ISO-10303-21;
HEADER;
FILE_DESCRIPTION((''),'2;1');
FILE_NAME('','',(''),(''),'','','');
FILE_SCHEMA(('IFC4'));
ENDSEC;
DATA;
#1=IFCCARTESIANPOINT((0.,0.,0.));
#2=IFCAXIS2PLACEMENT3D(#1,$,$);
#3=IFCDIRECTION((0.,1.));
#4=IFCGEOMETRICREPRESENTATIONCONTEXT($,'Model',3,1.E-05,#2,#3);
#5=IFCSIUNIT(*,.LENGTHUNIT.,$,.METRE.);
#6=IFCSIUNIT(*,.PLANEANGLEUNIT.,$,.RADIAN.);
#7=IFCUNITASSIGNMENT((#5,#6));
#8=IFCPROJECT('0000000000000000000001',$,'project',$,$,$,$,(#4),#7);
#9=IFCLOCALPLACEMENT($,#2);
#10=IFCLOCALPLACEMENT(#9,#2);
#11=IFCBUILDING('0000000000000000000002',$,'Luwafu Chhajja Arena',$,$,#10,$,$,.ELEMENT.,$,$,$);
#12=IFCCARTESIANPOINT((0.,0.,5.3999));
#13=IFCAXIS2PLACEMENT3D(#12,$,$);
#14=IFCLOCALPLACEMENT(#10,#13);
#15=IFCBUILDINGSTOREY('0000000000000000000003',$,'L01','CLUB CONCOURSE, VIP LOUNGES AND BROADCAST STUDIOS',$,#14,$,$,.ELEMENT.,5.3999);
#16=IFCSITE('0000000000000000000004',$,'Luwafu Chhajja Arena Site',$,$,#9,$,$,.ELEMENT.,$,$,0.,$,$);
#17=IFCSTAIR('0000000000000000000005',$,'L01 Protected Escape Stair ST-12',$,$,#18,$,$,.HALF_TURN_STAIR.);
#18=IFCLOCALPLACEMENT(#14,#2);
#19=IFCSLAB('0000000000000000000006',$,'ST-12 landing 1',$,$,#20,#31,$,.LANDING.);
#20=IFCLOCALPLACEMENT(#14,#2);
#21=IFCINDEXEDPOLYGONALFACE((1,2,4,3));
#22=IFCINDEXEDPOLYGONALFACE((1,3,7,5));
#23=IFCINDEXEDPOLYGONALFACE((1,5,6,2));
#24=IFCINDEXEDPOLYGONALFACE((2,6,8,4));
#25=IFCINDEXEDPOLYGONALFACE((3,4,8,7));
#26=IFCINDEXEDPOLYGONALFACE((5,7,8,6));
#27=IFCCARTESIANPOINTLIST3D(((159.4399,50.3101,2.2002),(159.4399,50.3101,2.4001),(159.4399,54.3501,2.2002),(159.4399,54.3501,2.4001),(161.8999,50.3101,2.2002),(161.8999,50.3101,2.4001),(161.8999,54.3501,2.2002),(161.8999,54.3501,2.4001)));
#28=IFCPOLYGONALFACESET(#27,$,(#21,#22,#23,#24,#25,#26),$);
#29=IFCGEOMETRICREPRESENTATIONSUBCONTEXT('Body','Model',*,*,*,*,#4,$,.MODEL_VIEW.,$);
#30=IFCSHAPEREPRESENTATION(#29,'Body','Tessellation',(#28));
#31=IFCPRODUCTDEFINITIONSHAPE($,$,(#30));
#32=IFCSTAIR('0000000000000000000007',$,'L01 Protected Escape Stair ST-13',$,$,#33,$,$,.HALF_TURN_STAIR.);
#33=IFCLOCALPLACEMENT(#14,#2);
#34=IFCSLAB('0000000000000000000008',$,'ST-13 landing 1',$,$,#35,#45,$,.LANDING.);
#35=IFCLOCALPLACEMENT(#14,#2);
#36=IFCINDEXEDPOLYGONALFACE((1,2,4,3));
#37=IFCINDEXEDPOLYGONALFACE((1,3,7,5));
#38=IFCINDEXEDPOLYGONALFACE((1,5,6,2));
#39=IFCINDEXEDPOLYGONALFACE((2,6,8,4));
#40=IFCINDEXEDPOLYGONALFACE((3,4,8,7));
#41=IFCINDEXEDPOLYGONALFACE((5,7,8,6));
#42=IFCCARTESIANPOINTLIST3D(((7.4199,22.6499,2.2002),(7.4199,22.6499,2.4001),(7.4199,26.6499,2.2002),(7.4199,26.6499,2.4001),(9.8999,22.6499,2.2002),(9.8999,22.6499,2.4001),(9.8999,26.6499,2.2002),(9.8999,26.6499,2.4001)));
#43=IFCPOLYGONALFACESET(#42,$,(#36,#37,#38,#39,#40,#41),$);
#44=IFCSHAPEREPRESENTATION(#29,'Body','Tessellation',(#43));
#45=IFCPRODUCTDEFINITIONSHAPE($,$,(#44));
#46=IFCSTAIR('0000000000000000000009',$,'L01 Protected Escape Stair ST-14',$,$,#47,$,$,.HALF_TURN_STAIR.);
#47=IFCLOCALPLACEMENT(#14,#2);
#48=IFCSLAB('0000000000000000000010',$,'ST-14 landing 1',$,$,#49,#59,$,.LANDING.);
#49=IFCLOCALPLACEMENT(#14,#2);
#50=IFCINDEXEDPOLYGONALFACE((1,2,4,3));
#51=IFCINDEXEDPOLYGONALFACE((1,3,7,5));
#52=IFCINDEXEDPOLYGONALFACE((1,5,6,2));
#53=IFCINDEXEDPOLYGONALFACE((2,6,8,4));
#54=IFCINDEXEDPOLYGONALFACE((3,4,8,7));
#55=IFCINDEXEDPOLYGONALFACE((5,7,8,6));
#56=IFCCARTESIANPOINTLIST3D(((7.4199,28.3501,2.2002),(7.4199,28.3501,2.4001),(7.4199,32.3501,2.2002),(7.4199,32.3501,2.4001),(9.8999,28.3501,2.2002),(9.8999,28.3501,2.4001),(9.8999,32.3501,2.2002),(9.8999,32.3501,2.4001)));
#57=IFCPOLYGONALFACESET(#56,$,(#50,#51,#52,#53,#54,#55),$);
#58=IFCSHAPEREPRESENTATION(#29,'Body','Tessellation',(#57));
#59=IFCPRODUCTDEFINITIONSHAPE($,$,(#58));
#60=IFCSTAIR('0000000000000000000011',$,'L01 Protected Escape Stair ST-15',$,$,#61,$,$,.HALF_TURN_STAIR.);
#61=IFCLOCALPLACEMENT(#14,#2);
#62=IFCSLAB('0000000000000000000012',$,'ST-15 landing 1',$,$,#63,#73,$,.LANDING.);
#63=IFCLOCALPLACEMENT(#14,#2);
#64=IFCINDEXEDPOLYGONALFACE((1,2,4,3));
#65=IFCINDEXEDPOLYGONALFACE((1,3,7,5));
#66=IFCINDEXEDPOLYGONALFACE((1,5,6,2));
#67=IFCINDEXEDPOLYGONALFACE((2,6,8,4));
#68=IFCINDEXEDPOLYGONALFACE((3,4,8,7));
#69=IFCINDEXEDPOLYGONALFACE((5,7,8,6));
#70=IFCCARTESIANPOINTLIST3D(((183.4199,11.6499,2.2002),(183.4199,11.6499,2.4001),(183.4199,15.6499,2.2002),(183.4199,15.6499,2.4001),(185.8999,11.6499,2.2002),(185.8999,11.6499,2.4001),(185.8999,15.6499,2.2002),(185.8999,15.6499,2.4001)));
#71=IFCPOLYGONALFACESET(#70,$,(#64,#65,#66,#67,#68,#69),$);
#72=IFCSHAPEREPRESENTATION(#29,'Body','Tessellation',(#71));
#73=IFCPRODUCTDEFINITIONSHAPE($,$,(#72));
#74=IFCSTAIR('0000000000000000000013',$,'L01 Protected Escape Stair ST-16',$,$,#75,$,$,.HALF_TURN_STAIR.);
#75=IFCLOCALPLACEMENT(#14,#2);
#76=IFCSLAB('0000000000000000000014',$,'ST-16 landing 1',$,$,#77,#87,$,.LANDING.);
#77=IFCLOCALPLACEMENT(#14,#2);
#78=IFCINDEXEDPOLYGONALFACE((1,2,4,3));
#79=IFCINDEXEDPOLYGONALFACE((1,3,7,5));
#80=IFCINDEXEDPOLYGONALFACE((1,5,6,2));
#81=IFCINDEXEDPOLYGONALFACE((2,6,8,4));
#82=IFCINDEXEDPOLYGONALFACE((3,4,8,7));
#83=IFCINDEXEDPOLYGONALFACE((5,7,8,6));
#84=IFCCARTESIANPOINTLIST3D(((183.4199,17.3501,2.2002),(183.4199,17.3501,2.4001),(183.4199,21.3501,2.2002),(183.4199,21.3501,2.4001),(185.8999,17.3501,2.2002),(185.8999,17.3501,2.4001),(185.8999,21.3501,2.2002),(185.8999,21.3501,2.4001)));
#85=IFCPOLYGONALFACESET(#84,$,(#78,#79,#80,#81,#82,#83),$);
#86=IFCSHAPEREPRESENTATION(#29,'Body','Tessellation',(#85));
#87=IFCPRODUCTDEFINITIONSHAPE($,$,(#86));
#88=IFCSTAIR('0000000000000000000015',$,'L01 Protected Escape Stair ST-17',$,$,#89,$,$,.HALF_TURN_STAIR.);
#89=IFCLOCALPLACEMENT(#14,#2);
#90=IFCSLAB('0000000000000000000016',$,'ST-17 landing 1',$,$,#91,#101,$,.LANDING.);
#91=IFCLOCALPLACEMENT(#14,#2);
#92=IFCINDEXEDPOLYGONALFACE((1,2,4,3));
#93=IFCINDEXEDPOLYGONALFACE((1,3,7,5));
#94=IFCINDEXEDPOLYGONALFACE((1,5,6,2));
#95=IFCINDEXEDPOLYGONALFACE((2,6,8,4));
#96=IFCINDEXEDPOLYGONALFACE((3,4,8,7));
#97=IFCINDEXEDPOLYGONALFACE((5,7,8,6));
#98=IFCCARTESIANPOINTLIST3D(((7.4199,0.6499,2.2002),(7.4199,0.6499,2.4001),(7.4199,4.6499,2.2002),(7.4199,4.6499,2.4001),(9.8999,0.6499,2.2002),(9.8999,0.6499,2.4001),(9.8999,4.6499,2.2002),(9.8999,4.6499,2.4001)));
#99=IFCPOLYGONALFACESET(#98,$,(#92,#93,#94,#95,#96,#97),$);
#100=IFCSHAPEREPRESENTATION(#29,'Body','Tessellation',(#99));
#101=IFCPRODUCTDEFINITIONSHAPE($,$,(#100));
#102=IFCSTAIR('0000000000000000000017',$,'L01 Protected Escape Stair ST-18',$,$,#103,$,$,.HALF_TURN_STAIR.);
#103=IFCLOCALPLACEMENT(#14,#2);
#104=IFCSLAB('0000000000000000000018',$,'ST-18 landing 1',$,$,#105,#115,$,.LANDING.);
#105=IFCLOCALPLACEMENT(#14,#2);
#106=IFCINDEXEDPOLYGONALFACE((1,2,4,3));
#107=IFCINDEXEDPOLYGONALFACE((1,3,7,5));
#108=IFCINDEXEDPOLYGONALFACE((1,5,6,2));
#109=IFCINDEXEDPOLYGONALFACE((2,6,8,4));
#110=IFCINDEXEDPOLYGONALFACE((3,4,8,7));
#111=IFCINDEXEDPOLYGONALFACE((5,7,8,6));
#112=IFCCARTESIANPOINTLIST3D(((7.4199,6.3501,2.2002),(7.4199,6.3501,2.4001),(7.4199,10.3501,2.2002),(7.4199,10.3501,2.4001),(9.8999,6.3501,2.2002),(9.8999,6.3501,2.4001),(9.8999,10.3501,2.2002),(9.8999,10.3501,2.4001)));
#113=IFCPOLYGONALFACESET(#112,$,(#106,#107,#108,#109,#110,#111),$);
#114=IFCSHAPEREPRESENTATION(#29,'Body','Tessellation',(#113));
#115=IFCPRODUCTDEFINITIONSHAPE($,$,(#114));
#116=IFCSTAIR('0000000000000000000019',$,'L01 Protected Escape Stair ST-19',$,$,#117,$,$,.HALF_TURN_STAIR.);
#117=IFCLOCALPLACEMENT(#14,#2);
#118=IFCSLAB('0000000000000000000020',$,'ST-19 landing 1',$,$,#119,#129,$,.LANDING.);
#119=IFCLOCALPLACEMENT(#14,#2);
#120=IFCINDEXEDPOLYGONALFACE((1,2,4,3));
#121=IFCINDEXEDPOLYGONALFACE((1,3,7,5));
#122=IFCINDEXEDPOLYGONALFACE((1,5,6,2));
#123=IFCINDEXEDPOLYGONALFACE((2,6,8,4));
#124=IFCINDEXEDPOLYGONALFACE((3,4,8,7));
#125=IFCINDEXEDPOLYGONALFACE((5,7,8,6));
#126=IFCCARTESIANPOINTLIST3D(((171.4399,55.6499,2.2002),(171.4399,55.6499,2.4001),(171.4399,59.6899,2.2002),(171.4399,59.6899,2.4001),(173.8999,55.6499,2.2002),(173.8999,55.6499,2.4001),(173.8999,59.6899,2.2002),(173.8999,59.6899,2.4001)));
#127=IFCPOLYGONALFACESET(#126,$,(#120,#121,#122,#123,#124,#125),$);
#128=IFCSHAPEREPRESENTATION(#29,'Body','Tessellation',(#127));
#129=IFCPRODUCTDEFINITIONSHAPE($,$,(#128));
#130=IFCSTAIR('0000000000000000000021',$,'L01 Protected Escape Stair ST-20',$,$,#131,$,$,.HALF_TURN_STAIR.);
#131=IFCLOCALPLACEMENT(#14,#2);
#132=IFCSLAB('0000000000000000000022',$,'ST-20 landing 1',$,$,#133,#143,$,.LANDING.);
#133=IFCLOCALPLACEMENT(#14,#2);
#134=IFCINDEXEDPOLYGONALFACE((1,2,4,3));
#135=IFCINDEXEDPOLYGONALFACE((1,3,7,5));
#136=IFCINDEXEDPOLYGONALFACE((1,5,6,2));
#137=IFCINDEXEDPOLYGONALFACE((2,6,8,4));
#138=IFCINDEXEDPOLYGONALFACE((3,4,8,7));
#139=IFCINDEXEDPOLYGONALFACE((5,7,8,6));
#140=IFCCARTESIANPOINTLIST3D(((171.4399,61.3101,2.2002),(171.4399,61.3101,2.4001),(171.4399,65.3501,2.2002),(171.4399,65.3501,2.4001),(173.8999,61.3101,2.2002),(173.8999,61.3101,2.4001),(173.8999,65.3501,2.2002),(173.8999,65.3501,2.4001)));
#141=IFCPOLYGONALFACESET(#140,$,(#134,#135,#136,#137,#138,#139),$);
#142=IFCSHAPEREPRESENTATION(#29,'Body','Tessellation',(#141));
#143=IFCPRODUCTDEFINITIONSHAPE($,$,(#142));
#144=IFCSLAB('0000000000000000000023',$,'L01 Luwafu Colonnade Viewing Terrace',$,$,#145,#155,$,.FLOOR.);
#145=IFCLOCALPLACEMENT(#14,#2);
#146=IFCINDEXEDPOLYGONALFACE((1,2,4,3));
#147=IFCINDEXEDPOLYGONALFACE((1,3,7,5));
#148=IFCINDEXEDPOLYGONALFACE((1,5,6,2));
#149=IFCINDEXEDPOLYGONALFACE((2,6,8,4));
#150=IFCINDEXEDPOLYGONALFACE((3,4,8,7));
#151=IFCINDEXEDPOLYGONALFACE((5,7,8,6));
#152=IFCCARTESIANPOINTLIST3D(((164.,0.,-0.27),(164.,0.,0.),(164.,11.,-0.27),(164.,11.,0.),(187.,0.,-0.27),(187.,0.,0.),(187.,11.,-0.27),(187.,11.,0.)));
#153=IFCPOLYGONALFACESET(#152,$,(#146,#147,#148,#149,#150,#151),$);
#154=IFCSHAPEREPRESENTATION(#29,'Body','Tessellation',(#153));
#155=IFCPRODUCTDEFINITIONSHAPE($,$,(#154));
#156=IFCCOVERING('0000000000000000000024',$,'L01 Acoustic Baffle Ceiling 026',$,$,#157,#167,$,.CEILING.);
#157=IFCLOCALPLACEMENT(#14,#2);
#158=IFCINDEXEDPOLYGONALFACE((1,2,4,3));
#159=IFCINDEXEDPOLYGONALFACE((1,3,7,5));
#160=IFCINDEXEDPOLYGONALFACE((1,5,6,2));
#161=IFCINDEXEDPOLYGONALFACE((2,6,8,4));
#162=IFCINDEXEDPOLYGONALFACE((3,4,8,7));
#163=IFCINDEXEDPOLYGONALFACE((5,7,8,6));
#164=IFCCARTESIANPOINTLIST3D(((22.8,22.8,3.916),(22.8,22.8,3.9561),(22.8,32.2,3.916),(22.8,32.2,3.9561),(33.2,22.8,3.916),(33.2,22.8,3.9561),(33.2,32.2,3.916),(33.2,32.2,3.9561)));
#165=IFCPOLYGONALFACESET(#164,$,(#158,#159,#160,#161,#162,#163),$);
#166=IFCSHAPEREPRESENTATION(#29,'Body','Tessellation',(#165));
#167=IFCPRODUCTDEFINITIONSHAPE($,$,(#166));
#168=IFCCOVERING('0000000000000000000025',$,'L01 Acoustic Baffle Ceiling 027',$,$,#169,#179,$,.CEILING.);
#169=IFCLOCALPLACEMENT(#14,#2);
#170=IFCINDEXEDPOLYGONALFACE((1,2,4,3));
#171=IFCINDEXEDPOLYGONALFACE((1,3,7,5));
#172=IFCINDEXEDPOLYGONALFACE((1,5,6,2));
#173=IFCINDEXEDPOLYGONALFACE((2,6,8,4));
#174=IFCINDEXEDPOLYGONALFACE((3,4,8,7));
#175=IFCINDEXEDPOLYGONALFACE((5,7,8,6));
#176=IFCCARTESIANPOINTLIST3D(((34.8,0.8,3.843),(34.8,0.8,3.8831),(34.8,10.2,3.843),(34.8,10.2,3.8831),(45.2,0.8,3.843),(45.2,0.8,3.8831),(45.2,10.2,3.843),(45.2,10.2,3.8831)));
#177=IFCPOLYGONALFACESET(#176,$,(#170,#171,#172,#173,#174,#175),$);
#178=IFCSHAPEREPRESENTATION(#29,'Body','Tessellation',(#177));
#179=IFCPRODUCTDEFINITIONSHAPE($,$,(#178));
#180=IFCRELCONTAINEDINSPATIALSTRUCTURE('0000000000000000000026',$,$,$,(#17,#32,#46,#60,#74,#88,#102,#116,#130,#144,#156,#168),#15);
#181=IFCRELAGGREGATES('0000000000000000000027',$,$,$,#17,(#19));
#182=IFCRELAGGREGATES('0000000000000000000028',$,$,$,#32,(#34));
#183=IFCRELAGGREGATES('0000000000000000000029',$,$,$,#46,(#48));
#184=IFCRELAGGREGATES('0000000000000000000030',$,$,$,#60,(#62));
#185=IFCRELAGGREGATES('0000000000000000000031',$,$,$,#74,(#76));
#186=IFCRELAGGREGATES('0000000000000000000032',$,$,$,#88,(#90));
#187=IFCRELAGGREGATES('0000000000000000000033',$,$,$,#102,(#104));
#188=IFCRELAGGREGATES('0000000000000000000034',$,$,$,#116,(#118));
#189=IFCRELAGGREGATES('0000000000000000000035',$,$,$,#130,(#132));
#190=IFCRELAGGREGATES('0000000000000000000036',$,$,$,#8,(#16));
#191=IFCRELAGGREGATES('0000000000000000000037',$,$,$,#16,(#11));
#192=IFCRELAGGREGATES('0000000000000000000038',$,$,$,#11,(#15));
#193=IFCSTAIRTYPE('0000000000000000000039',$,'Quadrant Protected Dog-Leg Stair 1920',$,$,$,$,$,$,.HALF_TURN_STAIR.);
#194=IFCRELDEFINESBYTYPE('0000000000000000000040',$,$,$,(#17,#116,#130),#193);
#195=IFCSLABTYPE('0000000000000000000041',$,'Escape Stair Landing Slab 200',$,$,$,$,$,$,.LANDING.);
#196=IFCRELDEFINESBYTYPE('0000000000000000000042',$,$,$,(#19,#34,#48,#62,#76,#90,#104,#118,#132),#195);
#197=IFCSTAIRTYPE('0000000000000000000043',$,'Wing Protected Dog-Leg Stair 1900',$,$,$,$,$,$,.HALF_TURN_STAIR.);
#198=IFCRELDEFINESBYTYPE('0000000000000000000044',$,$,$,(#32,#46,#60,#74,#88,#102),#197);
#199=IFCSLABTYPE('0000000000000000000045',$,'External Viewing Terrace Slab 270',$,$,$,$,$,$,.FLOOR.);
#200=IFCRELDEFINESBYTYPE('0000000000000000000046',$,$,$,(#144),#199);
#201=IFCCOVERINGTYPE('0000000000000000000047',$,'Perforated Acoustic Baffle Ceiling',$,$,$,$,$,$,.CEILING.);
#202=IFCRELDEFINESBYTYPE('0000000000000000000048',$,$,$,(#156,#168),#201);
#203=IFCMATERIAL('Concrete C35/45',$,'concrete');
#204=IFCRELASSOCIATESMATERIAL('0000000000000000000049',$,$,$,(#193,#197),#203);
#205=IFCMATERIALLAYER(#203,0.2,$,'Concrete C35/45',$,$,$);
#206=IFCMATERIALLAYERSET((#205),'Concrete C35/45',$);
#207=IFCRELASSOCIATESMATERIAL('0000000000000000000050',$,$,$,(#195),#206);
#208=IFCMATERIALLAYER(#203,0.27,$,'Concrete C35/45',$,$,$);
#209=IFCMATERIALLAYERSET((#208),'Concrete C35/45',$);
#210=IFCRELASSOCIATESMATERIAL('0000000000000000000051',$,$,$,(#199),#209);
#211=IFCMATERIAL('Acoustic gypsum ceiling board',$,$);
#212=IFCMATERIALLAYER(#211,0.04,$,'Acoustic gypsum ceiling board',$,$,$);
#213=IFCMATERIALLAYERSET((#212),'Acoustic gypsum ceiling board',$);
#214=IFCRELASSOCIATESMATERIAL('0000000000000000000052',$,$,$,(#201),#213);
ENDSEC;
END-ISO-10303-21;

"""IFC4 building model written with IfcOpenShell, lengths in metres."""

from ifc_helpers import new_model, si_unit, direction, frame, origin, place, context, subcontext, project, spatial, polyline, outline, extrude, material, layer, layer_set, type_object, element, aggregate, save


model = new_model("IFC4")

# Units and contexts
model_context = context("Model", 3, precision=1e-05, world=origin(), true_north=direction((0.0, 1.0)))
body_context = subcontext(model_context, "Body", "Model", "MODEL_VIEW")
ifc_project = project(units=[si_unit("LENGTHUNIT", "METRE"), si_unit("PLANEANGLEUNIT", "RADIAN")], contexts=[model_context])

# Site, building, storey
site_placement = place(None, origin())
site = spatial("IfcSite", under=ifc_project, at=site_placement, Name="Luwafu Chhajja Arena Site", CompositionType="ELEMENT", RefElevation=0.0)
building_placement = place(site_placement, origin())
building = spatial("IfcBuilding", under=site, at=building_placement, Name="Luwafu Chhajja Arena", CompositionType="ELEMENT")
storey_placement = place(building_placement, frame((0.0, 0.0, 5.3999)))
storey = spatial("IfcBuildingStorey", under=building, at=storey_placement, Name="L01", Description="CLUB CONCOURSE, VIP LOUNGES AND BROADCAST STUDIOS", CompositionType="ELEMENT", Elevation=5.3999)

# Shared definitions
ifc_material_1 = material(Name="Concrete C35/45", Category="concrete")

# Stairs, slabs
stair_type_1 = type_object("IfcStairType", Name="Quadrant Protected Dog-Leg Stair 1920", PredefinedType="HALF_TURN_STAIR", material=ifc_material_1)
ifc_layer_1 = layer(ifc_material_1, 0.2, Name="Concrete C35/45")
ifc_layer_set_1 = layer_set([ifc_layer_1], Name="Concrete C35/45")
slab_type_1 = type_object("IfcSlabType", Name="Escape Stair Landing Slab 200", PredefinedType="LANDING", material=ifc_layer_set_1)
stair_1_placement = place(storey_placement, origin())
stair_1 = element("IfcStair", 1, at=stair_1_placement, inside=storey, type_object=stair_type_1, Name="L01 Protected Escape Stair ST-12", PredefinedType="HALF_TURN_STAIR")
slab_1_placement = place(storey_placement, frame((0.0, 0.0, 2.2002)))
slab_1 = element("IfcSlab", 2, at=slab_1_placement, type_object=slab_type_1, Name="ST-12 landing 1", PredefinedType="LANDING", context=body_context, shape_type="SweptSolid", body=[
    extrude(outline(polyline([(159.4399, 50.3101), (161.8999, 50.3101), (161.8999, 54.3501), (159.4399, 54.3501), (159.4399, 50.3101)])), origin(), (0.0, 0.0, 1.0), 0.2),
])
aggregate(stair_1, [slab_1])
stair_type_2 = type_object("IfcStairType", Name="Wing Protected Dog-Leg Stair 1900", PredefinedType="HALF_TURN_STAIR", material=ifc_material_1)
stair_2_placement = place(storey_placement, origin())
stair_2 = element("IfcStair", 3, at=stair_2_placement, inside=storey, type_object=stair_type_2, Name="L01 Protected Escape Stair ST-13", PredefinedType="HALF_TURN_STAIR")
slab_2_placement = place(storey_placement, frame((0.0, 0.0, 2.2002)))
slab_2 = element("IfcSlab", 4, at=slab_2_placement, type_object=slab_type_1, Name="ST-13 landing 1", PredefinedType="LANDING", context=body_context, shape_type="SweptSolid", body=[
    extrude(outline(polyline([(7.4199, 22.6499), (9.8999, 22.6499), (9.8999, 26.6499), (7.4199, 26.6499), (7.4199, 22.6499)])), origin(), (0.0, 0.0, 1.0), 0.2),
])
aggregate(stair_2, [slab_2])
stair_3_placement = place(storey_placement, origin())
stair_3 = element("IfcStair", 5, at=stair_3_placement, inside=storey, type_object=stair_type_2, Name="L01 Protected Escape Stair ST-14", PredefinedType="HALF_TURN_STAIR")
slab_3_placement = place(storey_placement, frame((0.0, 0.0, 2.2002)))
slab_3 = element("IfcSlab", 6, at=slab_3_placement, type_object=slab_type_1, Name="ST-14 landing 1", PredefinedType="LANDING", context=body_context, shape_type="SweptSolid", body=[
    extrude(outline(polyline([(7.4199, 28.3501), (9.8999, 28.3501), (9.8999, 32.3501), (7.4199, 32.3501), (7.4199, 28.3501)])), origin(), (0.0, 0.0, 1.0), 0.2),
])
aggregate(stair_3, [slab_3])
stair_4_placement = place(storey_placement, origin())
stair_4 = element("IfcStair", 7, at=stair_4_placement, inside=storey, type_object=stair_type_2, Name="L01 Protected Escape Stair ST-15", PredefinedType="HALF_TURN_STAIR")
slab_4_placement = place(storey_placement, frame((0.0, 0.0, 2.2002)))
slab_4 = element("IfcSlab", 8, at=slab_4_placement, type_object=slab_type_1, Name="ST-15 landing 1", PredefinedType="LANDING", context=body_context, shape_type="SweptSolid", body=[
    extrude(outline(polyline([(183.4199, 11.6499), (185.8999, 11.6499), (185.8999, 15.6499), (183.4199, 15.6499), (183.4199, 11.6499)])), origin(), (0.0, 0.0, 1.0), 0.2),
])
aggregate(stair_4, [slab_4])
stair_5_placement = place(storey_placement, origin())
stair_5 = element("IfcStair", 9, at=stair_5_placement, inside=storey, type_object=stair_type_2, Name="L01 Protected Escape Stair ST-16", PredefinedType="HALF_TURN_STAIR")
slab_5_placement = place(storey_placement, frame((0.0, 0.0, 2.2002)))
slab_5 = element("IfcSlab", 10, at=slab_5_placement, type_object=slab_type_1, Name="ST-16 landing 1", PredefinedType="LANDING", context=body_context, shape_type="SweptSolid", body=[
    extrude(outline(polyline([(183.4199, 17.3501), (185.8999, 17.3501), (185.8999, 21.3501), (183.4199, 21.3501), (183.4199, 17.3501)])), origin(), (0.0, 0.0, 1.0), 0.2),
])
aggregate(stair_5, [slab_5])
stair_6_placement = place(storey_placement, origin())
stair_6 = element("IfcStair", 11, at=stair_6_placement, inside=storey, type_object=stair_type_2, Name="L01 Protected Escape Stair ST-17", PredefinedType="HALF_TURN_STAIR")
slab_6_placement = place(storey_placement, frame((0.0, 0.0, 2.2002)))
slab_6 = element("IfcSlab", 12, at=slab_6_placement, type_object=slab_type_1, Name="ST-17 landing 1", PredefinedType="LANDING", context=body_context, shape_type="SweptSolid", body=[
    extrude(outline(polyline([(7.4199, 0.6499), (9.8999, 0.6499), (9.8999, 4.6499), (7.4199, 4.6499), (7.4199, 0.6499)])), origin(), (0.0, 0.0, 1.0), 0.2),
])
aggregate(stair_6, [slab_6])
stair_7_placement = place(storey_placement, origin())
stair_7 = element("IfcStair", 13, at=stair_7_placement, inside=storey, type_object=stair_type_2, Name="L01 Protected Escape Stair ST-18", PredefinedType="HALF_TURN_STAIR")
slab_7_placement = place(storey_placement, frame((0.0, 0.0, 2.2002)))
slab_7 = element("IfcSlab", 14, at=slab_7_placement, type_object=slab_type_1, Name="ST-18 landing 1", PredefinedType="LANDING", context=body_context, shape_type="SweptSolid", body=[
    extrude(outline(polyline([(7.4199, 6.3501), (9.8999, 6.3501), (9.8999, 10.3501), (7.4199, 10.3501), (7.4199, 6.3501)])), origin(), (0.0, 0.0, 1.0), 0.2),
])
aggregate(stair_7, [slab_7])
stair_8_placement = place(storey_placement, origin())
stair_8 = element("IfcStair", 15, at=stair_8_placement, inside=storey, type_object=stair_type_1, Name="L01 Protected Escape Stair ST-19", PredefinedType="HALF_TURN_STAIR")
slab_8_placement = place(storey_placement, frame((0.0, 0.0, 2.2002)))
slab_8 = element("IfcSlab", 16, at=slab_8_placement, type_object=slab_type_1, Name="ST-19 landing 1", PredefinedType="LANDING", context=body_context, shape_type="SweptSolid", body=[
    extrude(outline(polyline([(171.4399, 55.6499), (173.8999, 55.6499), (173.8999, 59.6899), (171.4399, 59.6899), (171.4399, 55.6499)])), origin(), (0.0, 0.0, 1.0), 0.2),
])
aggregate(stair_8, [slab_8])
stair_9_placement = place(storey_placement, origin())
stair_9 = element("IfcStair", 17, at=stair_9_placement, inside=storey, type_object=stair_type_1, Name="L01 Protected Escape Stair ST-20", PredefinedType="HALF_TURN_STAIR")
slab_9_placement = place(storey_placement, frame((0.0, 0.0, 2.2002)))
slab_9 = element("IfcSlab", 18, at=slab_9_placement, type_object=slab_type_1, Name="ST-20 landing 1", PredefinedType="LANDING", context=body_context, shape_type="SweptSolid", body=[
    extrude(outline(polyline([(171.4399, 61.3101), (173.8999, 61.3101), (173.8999, 65.3501), (171.4399, 65.3501), (171.4399, 61.3101)])), origin(), (0.0, 0.0, 1.0), 0.2),
])
aggregate(stair_9, [slab_9])

# Slab
ifc_layer_2 = layer(ifc_material_1, 0.27, Name="Concrete C35/45")
ifc_layer_set_2 = layer_set([ifc_layer_2], Name="Concrete C35/45")
slab_type_2 = type_object("IfcSlabType", Name="External Viewing Terrace Slab 270", PredefinedType="FLOOR", material=ifc_layer_set_2)
slab_10_placement = place(storey_placement, frame((0.0, 0.0, -0.27)))
element("IfcSlab", 19, at=slab_10_placement, inside=storey, type_object=slab_type_2, Name="L01 Luwafu Colonnade Viewing Terrace", PredefinedType="FLOOR", context=body_context, shape_type="SweptSolid", body=[
    extrude(outline(polyline([(164.0, 0.0), (187.0, 0.0), (187.0, 11.0), (164.0, 11.0), (164.0, 0.0)])), origin(), (0.0, 0.0, 1.0), 0.27),
])

# Coverings
ifc_material_2 = material(Name="Acoustic gypsum ceiling board")
ifc_layer_3 = layer(ifc_material_2, 0.04, Name="Acoustic gypsum ceiling board")
ifc_layer_set_3 = layer_set([ifc_layer_3], Name="Acoustic gypsum ceiling board")
covering_type = type_object("IfcCoveringType", Name="Perforated Acoustic Baffle Ceiling", PredefinedType="CEILING", material=ifc_layer_set_3)
covering_1_placement = place(storey_placement, frame((0.0, 0.0, 3.916)))
element("IfcCovering", 20, at=covering_1_placement, inside=storey, type_object=covering_type, Name="L01 Acoustic Baffle Ceiling 026", PredefinedType="CEILING", context=body_context, shape_type="SweptSolid", body=[
    extrude(outline(polyline([(22.8, 22.8), (33.2, 22.8), (33.2, 32.2), (22.8, 32.2), (22.8, 22.8)])), origin(), (0.0, 0.0, 1.0), 0.04),
])
covering_2_placement = place(storey_placement, frame((0.0, 0.0, 3.843)))
element("IfcCovering", 21, at=covering_2_placement, inside=storey, type_object=covering_type, Name="L01 Acoustic Baffle Ceiling 027", PredefinedType="CEILING", context=body_context, shape_type="SweptSolid", body=[
    extrude(outline(polyline([(34.8, 0.8), (45.2, 0.8), (45.2, 10.2), (34.8, 10.2), (34.8, 0.8)])), origin(), (0.0, 0.0, 1.0), 0.04),
])

save(model, "model.ifc")
